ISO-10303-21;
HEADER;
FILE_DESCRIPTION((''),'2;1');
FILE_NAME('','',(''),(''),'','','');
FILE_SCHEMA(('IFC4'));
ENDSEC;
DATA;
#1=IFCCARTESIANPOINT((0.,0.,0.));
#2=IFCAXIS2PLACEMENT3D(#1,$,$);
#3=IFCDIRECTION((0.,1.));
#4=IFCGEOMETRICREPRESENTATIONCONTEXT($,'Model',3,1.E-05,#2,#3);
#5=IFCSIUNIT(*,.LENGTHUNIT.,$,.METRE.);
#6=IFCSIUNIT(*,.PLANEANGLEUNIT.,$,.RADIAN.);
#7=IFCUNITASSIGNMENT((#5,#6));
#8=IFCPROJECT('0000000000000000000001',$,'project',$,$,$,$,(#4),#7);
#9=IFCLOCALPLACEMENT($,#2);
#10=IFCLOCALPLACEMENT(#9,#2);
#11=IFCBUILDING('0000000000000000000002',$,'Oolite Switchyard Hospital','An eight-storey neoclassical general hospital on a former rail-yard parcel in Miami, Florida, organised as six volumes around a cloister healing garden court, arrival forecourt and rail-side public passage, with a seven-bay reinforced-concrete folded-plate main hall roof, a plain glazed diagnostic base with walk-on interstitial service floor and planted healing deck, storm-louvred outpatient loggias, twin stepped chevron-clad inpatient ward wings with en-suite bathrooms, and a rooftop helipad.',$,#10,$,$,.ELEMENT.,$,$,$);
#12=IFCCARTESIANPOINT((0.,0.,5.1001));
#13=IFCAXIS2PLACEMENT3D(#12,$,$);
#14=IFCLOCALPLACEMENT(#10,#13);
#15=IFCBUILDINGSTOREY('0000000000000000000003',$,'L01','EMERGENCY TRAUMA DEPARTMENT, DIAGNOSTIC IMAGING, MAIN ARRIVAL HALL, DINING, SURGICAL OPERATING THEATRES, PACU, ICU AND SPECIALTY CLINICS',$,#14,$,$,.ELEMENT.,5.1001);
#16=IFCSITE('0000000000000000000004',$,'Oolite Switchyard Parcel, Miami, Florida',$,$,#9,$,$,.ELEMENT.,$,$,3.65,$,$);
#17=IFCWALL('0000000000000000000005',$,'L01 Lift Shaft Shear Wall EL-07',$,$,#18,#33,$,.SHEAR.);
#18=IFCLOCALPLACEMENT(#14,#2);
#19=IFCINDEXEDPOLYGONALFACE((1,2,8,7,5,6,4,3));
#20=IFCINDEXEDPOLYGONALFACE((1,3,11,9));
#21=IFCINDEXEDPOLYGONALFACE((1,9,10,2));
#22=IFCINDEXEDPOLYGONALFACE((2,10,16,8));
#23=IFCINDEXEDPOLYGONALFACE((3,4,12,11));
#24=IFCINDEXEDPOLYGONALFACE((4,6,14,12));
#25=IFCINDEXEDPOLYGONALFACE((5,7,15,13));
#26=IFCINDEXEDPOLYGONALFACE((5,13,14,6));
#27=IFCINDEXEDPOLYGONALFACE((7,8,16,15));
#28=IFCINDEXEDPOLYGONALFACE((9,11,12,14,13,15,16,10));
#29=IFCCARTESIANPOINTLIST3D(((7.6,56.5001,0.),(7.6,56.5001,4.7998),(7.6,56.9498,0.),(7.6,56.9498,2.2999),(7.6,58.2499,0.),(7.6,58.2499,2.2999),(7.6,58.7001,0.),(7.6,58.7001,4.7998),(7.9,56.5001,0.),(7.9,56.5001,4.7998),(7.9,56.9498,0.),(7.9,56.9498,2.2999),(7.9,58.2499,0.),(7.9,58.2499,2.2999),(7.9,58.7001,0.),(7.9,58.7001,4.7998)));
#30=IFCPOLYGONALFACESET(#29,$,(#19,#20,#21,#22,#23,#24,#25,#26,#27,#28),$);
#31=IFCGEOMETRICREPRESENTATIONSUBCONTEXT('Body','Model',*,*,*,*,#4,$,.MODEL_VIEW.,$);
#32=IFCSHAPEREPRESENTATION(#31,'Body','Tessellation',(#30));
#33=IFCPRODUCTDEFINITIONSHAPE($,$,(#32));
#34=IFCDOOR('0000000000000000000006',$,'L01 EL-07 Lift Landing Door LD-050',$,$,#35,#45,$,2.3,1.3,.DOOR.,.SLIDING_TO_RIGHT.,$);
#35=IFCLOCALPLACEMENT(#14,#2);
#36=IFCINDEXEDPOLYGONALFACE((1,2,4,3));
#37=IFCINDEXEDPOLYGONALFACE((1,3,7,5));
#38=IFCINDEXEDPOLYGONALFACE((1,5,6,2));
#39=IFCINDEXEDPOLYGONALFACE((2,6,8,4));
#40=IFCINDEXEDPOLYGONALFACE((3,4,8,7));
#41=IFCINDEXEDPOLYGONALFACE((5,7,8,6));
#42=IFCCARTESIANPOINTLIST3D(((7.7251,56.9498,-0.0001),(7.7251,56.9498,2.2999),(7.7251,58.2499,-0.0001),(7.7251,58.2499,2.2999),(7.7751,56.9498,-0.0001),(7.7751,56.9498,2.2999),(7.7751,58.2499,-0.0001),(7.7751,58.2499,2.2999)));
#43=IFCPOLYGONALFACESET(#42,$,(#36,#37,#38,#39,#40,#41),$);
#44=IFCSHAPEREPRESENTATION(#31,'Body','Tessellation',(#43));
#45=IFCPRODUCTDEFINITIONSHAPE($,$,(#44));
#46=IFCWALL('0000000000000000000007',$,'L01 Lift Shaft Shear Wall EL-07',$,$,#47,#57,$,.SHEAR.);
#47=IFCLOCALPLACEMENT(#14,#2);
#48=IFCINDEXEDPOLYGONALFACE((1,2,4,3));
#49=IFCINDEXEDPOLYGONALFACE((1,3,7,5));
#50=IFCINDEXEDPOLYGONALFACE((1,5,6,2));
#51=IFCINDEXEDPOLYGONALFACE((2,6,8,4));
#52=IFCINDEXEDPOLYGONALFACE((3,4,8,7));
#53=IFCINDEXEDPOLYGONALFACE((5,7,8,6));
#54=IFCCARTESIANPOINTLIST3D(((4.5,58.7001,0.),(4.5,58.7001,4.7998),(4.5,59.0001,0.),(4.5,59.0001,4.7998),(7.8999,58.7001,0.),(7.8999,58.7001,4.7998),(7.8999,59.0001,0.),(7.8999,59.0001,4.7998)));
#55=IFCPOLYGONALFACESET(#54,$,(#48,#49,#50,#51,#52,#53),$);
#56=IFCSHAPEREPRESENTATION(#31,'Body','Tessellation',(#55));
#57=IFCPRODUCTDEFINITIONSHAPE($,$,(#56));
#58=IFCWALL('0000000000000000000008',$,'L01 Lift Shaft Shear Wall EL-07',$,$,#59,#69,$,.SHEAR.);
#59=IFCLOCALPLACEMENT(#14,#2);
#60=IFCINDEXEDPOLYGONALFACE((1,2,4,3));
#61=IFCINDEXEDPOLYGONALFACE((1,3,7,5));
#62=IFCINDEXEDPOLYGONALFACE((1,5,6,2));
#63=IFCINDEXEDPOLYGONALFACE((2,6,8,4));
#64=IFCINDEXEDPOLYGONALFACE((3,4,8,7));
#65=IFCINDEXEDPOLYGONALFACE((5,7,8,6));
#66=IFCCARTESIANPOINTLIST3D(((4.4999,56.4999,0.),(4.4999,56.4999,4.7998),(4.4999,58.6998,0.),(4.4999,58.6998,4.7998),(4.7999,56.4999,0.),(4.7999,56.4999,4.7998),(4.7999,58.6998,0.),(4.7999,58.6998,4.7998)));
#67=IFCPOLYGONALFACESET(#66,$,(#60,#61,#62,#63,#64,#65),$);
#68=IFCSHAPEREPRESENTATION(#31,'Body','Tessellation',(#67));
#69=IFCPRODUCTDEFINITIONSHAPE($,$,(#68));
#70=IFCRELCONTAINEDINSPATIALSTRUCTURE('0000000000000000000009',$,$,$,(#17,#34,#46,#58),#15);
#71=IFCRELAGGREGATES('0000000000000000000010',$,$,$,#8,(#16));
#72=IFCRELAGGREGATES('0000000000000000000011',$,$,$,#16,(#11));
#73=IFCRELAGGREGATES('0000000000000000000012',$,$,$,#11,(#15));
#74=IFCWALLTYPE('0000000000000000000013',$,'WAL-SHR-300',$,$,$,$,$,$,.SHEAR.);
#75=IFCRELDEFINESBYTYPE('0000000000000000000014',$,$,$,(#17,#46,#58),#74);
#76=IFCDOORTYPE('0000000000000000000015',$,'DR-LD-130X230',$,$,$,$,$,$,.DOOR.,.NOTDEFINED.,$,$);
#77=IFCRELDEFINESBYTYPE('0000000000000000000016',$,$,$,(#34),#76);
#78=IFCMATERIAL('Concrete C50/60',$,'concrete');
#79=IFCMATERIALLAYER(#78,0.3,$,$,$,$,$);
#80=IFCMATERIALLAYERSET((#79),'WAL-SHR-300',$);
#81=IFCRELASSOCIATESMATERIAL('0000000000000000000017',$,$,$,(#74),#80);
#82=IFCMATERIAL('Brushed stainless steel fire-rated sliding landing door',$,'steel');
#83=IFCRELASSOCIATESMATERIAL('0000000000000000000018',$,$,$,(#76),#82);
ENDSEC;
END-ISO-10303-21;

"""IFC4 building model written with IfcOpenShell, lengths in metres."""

from ifc_helpers import new_model, si_unit, direction, frame, frame_2d, origin, place, context, subcontext, project, spatial, rectangle, extrude, material, layer, layer_set, type_object, element, fill, save


model = new_model("IFC4")

# Units and contexts
model_context = context("Model", 3, precision=1e-05, world=origin(), true_north=direction((0.0, 1.0)))
body_context = subcontext(model_context, "Body", "Model", "MODEL_VIEW")
ifc_project = project(units=[si_unit("LENGTHUNIT", "METRE"), si_unit("PLANEANGLEUNIT", "RADIAN")], contexts=[model_context])

# Site, building, storey
site_placement = place(None, origin())
site = spatial("IfcSite", under=ifc_project, at=site_placement, Name="Oolite Switchyard Parcel, Miami, Florida", CompositionType="ELEMENT", RefElevation=3.65)
building_placement = place(site_placement, origin())
building = spatial("IfcBuilding", under=site, at=building_placement, Name="Oolite Switchyard Hospital", Description="An eight-storey neoclassical general hospital on a former rail-yard parcel in Miami, Florida, organised as six volumes around a cloister healing garden court, arrival forecourt and rail-side public passage, with a seven-bay reinforced-concrete folded-plate main hall roof, a plain glazed diagnostic base with walk-on interstitial service floor and planted healing deck, storm-louvred outpatient loggias, twin stepped chevron-clad inpatient ward wings with en-suite bathrooms, and a rooftop helipad.", CompositionType="ELEMENT")
storey_placement = place(building_placement, frame((0.0, 0.0, 5.1001)))
storey = spatial("IfcBuildingStorey", under=building, at=storey_placement, Name="L01", Description="EMERGENCY TRAUMA DEPARTMENT, DIAGNOSTIC IMAGING, MAIN ARRIVAL HALL, DINING, SURGICAL OPERATING THEATRES, PACU, ICU AND SPECIALTY CLINICS", CompositionType="ELEMENT", Elevation=5.1001)

# Shared definitions
ifc_material_1 = material(Name="Concrete C50/60", Category="concrete")

# Shared definitions
ifc_layer_1 = layer(ifc_material_1, 0.3)
ifc_layer_set_1 = layer_set([ifc_layer_1], Name="WAL-SHR-300")
wall_type_1 = type_object("IfcWallType", Name="WAL-SHR-300", PredefinedType="SHEAR", material=ifc_layer_set_1)

# Shared definitions
ifc_material_2 = material(Name="Brushed stainless steel fire-rated sliding landing door", Category="steel")
door_type_1 = type_object("IfcDoorType", Name="DR-LD-130X230", OperationType="NOTDEFINED", PredefinedType="DOOR", material=ifc_material_2)

# Wall, opening, door
wall_1_placement = place(storey_placement, frame((7.75, 56.5, 0.0), z_axis=(0.0, 0.0, 1.0), x_axis=(0.0, 1.0, 0.0)))
wall_1 = element("IfcWall", 1, at=wall_1_placement, inside=storey, type_object=wall_type_1, Name="L01 Lift Shaft Shear Wall EL-07", PredefinedType="SHEAR", context=body_context, shape_type="SweptSolid", body=[
    extrude(rectangle(XDim=2.2, YDim=0.3, at=frame_2d((1.1001, 0.0))), origin(), (0.0, 0.0, 1.0), 4.7998),
])
opening_1_placement = place(wall_1_placement, frame((0.45, 0.0, 0.0)))
opening_1 = element("IfcOpeningElement", 2, at=opening_1_placement, cuts=wall_1, PredefinedType="OPENING", context=body_context, shape_type="SweptSolid", body=[
    extrude(rectangle(XDim=1.3, YDim=2.3, at=frame_2d((0.6499, 1.1499))), frame((0.0, 0.1602, 0.0), z_axis=(0.0, -1.0, 0.0), x_axis=(1.0, 0.0, 0.0)), (0.0, 0.0, 1.0), 0.3201),
])
door_1_placement = place(opening_1_placement, origin())
door_1 = element("IfcDoor", 3, at=door_1_placement, inside=storey, type_object=door_type_1, Name="L01 EL-07 Lift Landing Door LD-050", OperationType="SLIDING_TO_RIGHT", OverallHeight=2.3, OverallWidth=1.3, PredefinedType="DOOR", context=body_context, shape_type="SweptSolid", body=[
    extrude(rectangle(XDim=1.3, YDim=2.3, at=frame_2d((0.6499, 1.1499))), frame((0.0, 0.0249, 0.0), z_axis=(0.0, -1.0, 0.0), x_axis=(1.0, 0.0, 0.0)), (0.0, 0.0, 1.0), 0.05),
])
fill(opening_1, door_1)

# Walls
wall_2_placement = place(storey_placement, frame((7.8999, 58.8501, 0.0), z_axis=(0.0, 0.0, 1.0), x_axis=(-1.0, 0.0, 0.0)))
element("IfcWall", 4, at=wall_2_placement, inside=storey, type_object=wall_type_1, Name="L01 Lift Shaft Shear Wall EL-07", PredefinedType="SHEAR", context=body_context, shape_type="SweptSolid", body=[
    extrude(rectangle(XDim=3.3999, YDim=0.3, at=frame_2d((1.7, 0.0))), origin(), (0.0, 0.0, 1.0), 4.7998),
])
wall_3_placement = place(storey_placement, frame((4.6499, 58.7, 0.0), z_axis=(0.0, 0.0, 1.0), x_axis=(0.0, -1.0, 0.0)))
element("IfcWall", 5, at=wall_3_placement, inside=storey, type_object=wall_type_1, Name="L01 Lift Shaft Shear Wall EL-07", PredefinedType="SHEAR", context=body_context, shape_type="SweptSolid", body=[
    extrude(rectangle(XDim=2.2, YDim=0.3, at=frame_2d((1.1001, 0.0))), origin(), (0.0, 0.0, 1.0), 4.7998),
])

save(model, "model.ifc")
